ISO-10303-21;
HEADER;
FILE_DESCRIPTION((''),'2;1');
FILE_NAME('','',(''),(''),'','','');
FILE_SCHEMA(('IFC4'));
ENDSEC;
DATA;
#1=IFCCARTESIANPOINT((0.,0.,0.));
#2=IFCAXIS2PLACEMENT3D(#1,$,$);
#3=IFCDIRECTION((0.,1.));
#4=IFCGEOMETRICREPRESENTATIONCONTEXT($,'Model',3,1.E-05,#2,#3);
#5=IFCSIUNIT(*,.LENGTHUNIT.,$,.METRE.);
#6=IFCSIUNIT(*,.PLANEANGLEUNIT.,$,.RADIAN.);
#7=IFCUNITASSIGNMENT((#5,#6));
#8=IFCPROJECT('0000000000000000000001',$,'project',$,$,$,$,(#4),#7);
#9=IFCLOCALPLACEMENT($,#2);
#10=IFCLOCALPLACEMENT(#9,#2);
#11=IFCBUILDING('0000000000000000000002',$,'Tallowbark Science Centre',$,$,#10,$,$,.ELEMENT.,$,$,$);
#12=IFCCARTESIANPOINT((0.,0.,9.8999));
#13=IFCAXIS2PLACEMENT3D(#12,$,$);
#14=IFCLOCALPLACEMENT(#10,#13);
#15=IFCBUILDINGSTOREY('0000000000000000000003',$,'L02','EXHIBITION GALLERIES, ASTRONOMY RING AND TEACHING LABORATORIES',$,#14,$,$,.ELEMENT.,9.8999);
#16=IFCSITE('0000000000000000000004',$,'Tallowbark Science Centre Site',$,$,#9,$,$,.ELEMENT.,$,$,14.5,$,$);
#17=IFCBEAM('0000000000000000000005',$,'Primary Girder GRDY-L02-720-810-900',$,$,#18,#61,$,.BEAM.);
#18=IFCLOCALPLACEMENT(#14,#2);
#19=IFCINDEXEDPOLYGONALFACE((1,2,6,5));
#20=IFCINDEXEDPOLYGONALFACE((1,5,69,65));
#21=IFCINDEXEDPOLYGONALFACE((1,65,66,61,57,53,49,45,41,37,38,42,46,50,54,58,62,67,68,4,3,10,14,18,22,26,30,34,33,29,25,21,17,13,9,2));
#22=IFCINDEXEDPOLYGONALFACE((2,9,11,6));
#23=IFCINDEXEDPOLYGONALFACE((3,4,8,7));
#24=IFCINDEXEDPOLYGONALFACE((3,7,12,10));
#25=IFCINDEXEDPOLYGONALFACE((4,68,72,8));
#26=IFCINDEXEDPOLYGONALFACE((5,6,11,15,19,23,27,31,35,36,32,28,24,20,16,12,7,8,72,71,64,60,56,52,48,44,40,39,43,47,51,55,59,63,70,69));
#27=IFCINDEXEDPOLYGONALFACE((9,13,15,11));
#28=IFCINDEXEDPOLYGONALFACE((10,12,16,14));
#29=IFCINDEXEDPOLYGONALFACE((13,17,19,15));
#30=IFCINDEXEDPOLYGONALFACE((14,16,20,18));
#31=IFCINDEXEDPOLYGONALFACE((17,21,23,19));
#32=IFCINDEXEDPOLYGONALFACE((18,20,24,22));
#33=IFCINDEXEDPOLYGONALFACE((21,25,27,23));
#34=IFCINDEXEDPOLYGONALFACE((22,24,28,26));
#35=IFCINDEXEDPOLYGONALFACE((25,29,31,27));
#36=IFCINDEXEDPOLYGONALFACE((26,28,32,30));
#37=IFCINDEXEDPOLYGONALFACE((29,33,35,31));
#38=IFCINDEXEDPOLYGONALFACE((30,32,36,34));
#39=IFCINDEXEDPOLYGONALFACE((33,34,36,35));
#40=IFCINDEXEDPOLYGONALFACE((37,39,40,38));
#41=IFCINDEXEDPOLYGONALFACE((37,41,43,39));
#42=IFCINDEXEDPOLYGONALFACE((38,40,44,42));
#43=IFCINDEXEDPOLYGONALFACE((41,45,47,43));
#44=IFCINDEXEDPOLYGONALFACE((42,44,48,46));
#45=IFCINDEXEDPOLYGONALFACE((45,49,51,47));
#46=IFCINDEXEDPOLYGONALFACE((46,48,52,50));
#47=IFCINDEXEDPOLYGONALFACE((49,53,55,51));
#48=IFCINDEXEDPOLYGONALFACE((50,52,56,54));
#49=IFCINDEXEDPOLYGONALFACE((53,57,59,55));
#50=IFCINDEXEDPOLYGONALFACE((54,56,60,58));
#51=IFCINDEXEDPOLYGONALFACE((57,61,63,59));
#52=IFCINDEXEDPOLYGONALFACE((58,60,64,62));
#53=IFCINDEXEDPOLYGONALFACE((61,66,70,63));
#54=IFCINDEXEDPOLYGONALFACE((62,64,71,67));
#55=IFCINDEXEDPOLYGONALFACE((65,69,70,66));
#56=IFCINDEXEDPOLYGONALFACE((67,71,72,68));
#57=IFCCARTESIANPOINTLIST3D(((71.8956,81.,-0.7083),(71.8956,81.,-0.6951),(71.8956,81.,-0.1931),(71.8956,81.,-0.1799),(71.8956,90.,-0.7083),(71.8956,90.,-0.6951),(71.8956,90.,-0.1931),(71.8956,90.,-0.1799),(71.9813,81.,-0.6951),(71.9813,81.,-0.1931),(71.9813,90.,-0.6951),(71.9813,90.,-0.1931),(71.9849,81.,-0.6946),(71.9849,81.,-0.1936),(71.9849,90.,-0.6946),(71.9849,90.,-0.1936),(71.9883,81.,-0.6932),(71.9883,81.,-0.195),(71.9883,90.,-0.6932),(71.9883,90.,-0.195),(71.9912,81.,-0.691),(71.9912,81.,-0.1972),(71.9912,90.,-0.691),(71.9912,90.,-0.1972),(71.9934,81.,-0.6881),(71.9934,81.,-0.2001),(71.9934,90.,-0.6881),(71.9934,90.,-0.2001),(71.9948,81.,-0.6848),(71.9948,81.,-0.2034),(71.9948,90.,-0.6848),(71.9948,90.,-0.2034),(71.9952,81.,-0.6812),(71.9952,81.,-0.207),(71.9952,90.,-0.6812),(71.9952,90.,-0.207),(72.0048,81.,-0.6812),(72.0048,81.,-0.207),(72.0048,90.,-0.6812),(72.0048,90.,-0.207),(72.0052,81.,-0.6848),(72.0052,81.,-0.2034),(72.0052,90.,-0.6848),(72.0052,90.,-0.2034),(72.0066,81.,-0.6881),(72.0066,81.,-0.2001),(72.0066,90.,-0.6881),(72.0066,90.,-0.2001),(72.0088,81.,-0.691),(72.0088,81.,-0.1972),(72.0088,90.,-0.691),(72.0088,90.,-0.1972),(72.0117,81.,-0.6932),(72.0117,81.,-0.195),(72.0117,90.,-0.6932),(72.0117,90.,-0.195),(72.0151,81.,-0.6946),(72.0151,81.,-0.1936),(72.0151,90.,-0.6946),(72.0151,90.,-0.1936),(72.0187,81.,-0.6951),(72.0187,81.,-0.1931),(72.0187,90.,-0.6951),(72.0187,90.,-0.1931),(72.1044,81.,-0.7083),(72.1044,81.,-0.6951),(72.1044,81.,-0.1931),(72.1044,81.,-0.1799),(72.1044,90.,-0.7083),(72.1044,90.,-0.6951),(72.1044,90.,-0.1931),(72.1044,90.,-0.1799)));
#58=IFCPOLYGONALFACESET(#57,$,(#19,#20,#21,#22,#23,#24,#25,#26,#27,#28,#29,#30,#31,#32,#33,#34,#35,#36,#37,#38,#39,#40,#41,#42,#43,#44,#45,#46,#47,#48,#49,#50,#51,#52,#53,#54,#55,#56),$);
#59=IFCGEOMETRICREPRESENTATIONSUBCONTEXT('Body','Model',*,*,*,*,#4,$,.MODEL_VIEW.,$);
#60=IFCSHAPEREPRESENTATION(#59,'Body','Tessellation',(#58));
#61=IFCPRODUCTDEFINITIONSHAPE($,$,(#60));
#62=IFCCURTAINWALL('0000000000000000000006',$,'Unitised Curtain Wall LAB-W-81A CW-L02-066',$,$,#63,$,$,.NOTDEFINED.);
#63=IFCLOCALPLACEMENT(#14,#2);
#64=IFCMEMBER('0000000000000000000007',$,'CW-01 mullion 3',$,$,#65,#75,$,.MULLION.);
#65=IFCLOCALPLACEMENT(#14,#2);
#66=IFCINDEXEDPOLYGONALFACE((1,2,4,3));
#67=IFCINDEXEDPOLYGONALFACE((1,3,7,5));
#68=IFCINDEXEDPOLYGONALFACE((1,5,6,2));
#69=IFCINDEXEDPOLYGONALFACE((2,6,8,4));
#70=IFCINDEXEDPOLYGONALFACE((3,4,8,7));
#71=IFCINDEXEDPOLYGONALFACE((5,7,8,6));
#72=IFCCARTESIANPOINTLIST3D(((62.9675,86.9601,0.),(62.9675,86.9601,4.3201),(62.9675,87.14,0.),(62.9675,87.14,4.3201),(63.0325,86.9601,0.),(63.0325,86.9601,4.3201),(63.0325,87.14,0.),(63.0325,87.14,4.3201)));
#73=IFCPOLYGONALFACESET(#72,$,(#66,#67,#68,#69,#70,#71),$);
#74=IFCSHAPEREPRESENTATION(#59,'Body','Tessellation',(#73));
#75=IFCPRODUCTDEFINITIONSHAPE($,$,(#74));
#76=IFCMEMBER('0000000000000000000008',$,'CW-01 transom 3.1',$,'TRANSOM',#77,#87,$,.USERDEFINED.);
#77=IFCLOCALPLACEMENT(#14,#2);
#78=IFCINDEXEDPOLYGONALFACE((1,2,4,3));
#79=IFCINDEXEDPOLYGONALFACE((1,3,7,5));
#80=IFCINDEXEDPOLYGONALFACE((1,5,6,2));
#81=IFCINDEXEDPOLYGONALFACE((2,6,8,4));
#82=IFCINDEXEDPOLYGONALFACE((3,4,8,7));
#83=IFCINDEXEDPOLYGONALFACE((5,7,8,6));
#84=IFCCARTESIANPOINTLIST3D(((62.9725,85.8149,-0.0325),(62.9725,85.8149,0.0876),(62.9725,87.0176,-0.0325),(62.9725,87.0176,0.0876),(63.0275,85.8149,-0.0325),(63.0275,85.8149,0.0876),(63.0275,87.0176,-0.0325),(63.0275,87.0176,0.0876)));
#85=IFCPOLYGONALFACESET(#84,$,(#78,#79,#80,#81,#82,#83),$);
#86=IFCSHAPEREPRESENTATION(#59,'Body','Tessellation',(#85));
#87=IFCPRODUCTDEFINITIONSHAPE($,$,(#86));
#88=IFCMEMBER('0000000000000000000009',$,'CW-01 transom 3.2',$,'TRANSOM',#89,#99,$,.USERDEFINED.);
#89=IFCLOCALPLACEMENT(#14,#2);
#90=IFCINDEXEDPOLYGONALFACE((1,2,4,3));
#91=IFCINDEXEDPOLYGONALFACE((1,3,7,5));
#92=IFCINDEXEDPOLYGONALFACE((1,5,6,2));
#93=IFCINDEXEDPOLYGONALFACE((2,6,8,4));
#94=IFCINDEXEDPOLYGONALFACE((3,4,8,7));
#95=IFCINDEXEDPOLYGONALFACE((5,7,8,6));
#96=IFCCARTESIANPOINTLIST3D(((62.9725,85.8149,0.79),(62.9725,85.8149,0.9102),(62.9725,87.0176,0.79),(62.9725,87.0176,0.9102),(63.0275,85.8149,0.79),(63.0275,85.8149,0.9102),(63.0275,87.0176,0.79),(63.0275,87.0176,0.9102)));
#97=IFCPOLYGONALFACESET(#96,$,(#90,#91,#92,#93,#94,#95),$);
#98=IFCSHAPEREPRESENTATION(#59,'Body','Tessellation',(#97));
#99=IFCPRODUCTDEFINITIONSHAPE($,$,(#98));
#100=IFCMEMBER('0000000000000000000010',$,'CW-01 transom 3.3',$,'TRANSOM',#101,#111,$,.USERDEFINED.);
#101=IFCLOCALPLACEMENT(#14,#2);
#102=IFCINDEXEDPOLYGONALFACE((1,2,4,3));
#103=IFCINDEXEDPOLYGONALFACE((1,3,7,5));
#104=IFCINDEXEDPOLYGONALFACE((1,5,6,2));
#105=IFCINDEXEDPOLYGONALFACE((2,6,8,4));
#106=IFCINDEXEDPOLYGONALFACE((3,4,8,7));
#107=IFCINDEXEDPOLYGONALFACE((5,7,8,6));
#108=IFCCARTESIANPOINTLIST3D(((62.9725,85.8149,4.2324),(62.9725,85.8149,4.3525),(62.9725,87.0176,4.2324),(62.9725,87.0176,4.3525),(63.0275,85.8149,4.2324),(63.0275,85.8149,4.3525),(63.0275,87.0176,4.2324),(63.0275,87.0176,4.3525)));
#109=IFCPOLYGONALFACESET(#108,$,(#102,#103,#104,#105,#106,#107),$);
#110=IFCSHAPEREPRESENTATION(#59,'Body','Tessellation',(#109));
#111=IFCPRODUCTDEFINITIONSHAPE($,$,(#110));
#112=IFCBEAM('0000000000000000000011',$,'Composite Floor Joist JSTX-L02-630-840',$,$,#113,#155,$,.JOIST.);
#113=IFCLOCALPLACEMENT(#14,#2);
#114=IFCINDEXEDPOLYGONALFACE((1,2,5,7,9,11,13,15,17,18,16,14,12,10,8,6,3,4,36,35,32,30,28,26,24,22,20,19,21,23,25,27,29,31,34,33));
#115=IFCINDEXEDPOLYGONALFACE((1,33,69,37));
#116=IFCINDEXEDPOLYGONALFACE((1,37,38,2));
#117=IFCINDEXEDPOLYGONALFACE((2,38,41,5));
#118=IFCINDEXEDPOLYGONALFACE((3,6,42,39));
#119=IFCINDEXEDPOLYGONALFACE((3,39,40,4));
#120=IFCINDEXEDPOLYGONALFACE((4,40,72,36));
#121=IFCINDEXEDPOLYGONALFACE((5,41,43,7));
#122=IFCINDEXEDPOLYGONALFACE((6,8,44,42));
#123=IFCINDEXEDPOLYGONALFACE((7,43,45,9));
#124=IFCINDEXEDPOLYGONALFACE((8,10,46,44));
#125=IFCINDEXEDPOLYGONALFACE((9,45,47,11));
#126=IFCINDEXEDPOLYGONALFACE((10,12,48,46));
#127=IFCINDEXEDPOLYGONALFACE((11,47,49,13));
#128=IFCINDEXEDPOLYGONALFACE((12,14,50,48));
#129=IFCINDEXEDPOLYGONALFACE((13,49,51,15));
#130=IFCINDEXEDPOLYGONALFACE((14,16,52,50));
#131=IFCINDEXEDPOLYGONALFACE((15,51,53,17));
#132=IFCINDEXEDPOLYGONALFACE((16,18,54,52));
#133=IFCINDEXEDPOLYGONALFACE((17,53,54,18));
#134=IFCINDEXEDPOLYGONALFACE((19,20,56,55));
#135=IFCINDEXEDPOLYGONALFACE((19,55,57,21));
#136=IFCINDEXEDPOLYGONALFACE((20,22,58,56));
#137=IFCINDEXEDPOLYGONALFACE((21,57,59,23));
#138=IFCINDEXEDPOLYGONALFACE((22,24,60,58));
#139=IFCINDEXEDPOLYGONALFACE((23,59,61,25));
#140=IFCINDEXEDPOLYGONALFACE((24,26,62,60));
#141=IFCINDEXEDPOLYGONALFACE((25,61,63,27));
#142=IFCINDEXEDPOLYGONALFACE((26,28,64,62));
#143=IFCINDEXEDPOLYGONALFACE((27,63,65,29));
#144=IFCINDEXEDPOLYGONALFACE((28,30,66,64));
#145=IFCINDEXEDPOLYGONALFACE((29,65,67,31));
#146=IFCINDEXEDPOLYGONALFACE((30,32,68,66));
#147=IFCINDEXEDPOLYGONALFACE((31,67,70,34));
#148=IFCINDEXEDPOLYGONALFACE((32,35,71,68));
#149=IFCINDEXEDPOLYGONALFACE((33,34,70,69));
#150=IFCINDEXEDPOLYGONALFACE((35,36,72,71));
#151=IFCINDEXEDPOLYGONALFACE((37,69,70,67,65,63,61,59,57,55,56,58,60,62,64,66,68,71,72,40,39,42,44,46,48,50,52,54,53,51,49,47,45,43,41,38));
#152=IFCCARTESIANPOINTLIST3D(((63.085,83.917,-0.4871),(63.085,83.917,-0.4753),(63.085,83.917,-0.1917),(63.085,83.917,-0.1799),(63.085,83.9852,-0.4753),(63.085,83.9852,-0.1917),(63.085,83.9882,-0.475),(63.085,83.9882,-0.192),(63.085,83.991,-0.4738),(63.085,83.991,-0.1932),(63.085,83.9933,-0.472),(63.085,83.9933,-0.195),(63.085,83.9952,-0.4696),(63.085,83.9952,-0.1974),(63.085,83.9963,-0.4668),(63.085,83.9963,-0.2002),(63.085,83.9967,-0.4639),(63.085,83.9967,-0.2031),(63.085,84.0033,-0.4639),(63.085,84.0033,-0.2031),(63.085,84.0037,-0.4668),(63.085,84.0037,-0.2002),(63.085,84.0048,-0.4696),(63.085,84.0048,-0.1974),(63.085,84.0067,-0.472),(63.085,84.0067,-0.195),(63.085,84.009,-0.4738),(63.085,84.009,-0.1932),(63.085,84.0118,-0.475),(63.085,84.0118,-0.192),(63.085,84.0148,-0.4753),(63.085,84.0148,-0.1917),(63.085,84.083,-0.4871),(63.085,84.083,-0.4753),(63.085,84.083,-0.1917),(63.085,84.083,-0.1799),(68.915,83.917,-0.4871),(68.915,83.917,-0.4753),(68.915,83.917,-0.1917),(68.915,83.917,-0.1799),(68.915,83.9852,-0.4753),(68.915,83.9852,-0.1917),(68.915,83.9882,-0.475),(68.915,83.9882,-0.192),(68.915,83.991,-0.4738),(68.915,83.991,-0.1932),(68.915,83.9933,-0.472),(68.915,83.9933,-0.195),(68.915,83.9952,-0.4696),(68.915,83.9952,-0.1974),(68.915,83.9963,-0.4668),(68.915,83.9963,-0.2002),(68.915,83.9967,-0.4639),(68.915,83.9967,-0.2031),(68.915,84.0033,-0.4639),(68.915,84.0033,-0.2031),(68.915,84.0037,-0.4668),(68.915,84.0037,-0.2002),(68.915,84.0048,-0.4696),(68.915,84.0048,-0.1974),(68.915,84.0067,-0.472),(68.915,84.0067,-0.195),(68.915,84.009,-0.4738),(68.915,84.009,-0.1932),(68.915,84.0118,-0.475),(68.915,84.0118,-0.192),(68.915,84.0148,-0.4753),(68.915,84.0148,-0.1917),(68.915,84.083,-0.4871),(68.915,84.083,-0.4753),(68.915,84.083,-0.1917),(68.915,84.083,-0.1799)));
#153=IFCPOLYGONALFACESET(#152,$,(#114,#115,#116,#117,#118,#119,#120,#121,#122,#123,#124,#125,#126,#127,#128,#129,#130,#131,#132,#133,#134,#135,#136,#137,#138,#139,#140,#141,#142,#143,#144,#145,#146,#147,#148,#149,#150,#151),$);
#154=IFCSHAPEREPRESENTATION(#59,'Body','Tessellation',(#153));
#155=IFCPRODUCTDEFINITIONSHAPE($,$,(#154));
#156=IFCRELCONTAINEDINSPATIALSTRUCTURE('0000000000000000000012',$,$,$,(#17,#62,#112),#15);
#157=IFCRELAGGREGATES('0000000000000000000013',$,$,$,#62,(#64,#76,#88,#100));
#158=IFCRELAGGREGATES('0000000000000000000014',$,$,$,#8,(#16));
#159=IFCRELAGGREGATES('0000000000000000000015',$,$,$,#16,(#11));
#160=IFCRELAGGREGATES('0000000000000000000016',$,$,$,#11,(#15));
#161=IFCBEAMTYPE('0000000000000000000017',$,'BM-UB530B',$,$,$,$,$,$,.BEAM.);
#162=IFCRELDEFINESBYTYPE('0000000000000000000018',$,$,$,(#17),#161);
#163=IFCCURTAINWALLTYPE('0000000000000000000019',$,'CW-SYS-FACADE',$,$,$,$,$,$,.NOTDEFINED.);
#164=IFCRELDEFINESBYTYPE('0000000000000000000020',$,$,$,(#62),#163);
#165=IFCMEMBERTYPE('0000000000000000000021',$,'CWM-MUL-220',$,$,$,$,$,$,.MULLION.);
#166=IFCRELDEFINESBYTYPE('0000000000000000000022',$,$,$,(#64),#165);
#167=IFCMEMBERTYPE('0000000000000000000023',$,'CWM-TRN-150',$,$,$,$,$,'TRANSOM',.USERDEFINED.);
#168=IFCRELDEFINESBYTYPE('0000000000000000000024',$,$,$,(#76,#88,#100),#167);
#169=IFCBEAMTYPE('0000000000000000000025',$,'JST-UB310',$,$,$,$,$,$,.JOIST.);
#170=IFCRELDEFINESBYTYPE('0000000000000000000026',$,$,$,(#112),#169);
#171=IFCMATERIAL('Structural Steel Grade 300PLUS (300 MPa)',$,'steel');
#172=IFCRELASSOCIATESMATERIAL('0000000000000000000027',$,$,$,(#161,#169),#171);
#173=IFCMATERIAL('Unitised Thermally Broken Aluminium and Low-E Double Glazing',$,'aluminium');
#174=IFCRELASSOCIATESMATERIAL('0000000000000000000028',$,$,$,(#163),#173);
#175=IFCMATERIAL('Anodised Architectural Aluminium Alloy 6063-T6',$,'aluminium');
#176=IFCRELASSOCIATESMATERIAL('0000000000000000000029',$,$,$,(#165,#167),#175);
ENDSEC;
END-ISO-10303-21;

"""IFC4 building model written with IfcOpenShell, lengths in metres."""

from ifc_helpers import new_model, si_unit, direction, frame, origin, origin_2d, place, context, subcontext, project, spatial, rectangle, i_section, extrude, material, material_profile, profile_set, type_object, element, aggregate, save


model = new_model("IFC4")

# Units and contexts
model_context = context("Model", 3, precision=1e-05, world=origin(), true_north=direction((0.0, 1.0)))
body_context = subcontext(model_context, "Body", "Model", "MODEL_VIEW")
ifc_project = project(units=[si_unit("LENGTHUNIT", "METRE"), si_unit("PLANEANGLEUNIT", "RADIAN")], contexts=[model_context])

# Site, building, storey
site_placement = place(None, origin())
site = spatial("IfcSite", under=ifc_project, at=site_placement, Name="Tallowbark Science Centre Site", CompositionType="ELEMENT", RefElevation=14.5)
building_placement = place(site_placement, origin())
building = spatial("IfcBuilding", under=site, at=building_placement, Name="Tallowbark Science Centre", CompositionType="ELEMENT")
storey_placement = place(building_placement, frame((0.0, 0.0, 9.8999)))
storey = spatial("IfcBuildingStorey", under=building, at=storey_placement, Name="L02", Description="EXHIBITION GALLERIES, ASTRONOMY RING AND TEACHING LABORATORIES", CompositionType="ELEMENT", Elevation=9.8999)

# Shared definitions
ifc_material_1 = material(Name="Structural Steel Grade 300PLUS (300 MPa)", Category="steel")

# Beam
ifc_material_profile_1 = material_profile(ifc_material_1, i_section(OverallWidth=0.2087, OverallDepth=0.5283, WebThickness=0.0095, FlangeThickness=0.0132, FilletRadius=0.0139, at=origin_2d()), Name="530UB82.0")
ifc_profile_set_1 = profile_set([ifc_material_profile_1], Name="Structural Steel Grade 300PLUS (300 MPa)")
beam_type_1 = type_object("IfcBeamType", Name="BM-UB530B", PredefinedType="BEAM", material=ifc_profile_set_1)
for number, where, z_axis, x_axis, name in (
    (1, (72.0, 81.0, -0.4441), (0.0, 1.0, 0.0), (-1.0, 0.0, 0.0), "Primary Girder GRDY-L02-720-810-900"),
):
    element("IfcBeam", number, at=place(storey_placement, frame(where, z_axis=z_axis, x_axis=x_axis)), inside=storey, type_object=beam_type_1, Name=name, PredefinedType="BEAM", context=body_context, shape_type="SweptSolid", body=[
        extrude(i_section(OverallWidth=0.2087, OverallDepth=0.5283, WebThickness=0.0095, FlangeThickness=0.0132, FilletRadius=0.0139, at=origin_2d()), origin(), (0.0, 0.0, 1.0), 9.0),
    ])

# Curtain wall, members
ifc_material_2 = material(Name="Unitised Thermally Broken Aluminium and Low-E Double Glazing", Category="aluminium")
curtain_wall_type = type_object("IfcCurtainWallType", Name="CW-SYS-FACADE", PredefinedType="NOTDEFINED", material=ifc_material_2)
curtain_wall_placement = place(storey_placement, origin())
curtain_wall = element("IfcCurtainWall", 2, at=curtain_wall_placement, inside=storey, type_object=curtain_wall_type, Name="Unitised Curtain Wall LAB-W-81A CW-L02-066", PredefinedType="NOTDEFINED")
ifc_material_3 = material(Name="Anodised Architectural Aluminium Alloy 6063-T6", Category="aluminium")
ifc_material_profile_2 = material_profile(ifc_material_3, rectangle(XDim=0.0649, YDim=0.1799, at=origin_2d()), Name="ALU65x180")
ifc_profile_set_2 = profile_set([ifc_material_profile_2], Name="Anodised Architectural Aluminium Alloy 6063-T6")
member_type_1 = type_object("IfcMemberType", Name="CWM-MUL-220", PredefinedType="MULLION", material=ifc_profile_set_2)
member_1_placement = place(storey_placement, frame((63.0, 87.05, 0.0), z_axis=(0.0, 0.0, 1.0), x_axis=(1.0, 0.0, 0.0)))
member_1 = element("IfcMember", 3, at=member_1_placement, type_object=member_type_1, Name="CW-01 mullion 3", PredefinedType="MULLION", context=body_context, shape_type="SweptSolid", body=[
    extrude(rectangle(XDim=0.0649, YDim=0.1799, at=origin_2d()), origin(), (0.0, 0.0, 1.0), 4.3201),
])
ifc_material_profile_3 = material_profile(ifc_material_3, rectangle(XDim=0.0549, YDim=0.1201, at=origin_2d()), Name="ALU55x120")
ifc_profile_set_3 = profile_set([ifc_material_profile_3], Name="Anodised Architectural Aluminium Alloy 6063-T6")
member_type_2 = type_object("IfcMemberType", Name="CWM-TRN-150", ElementType="TRANSOM", PredefinedType="USERDEFINED", material=ifc_profile_set_3)
member_2_placement = place(storey_placement, frame((63.0, 87.0176, 0.0276), z_axis=(0.0, -1.0, 0.0), x_axis=(1.0, 0.0, 0.0)))
member_2 = element("IfcMember", 4, at=member_2_placement, type_object=member_type_2, Name="CW-01 transom 3.1", ObjectType="TRANSOM", PredefinedType="USERDEFINED", context=body_context, shape_type="SweptSolid", body=[
    extrude(rectangle(XDim=0.0549, YDim=0.1201, at=origin_2d()), origin(), (0.0, 0.0, 1.0), 1.2026),
])
member_3_placement = place(storey_placement, frame((63.0, 87.0176, 0.8501), z_axis=(0.0, -1.0, 0.0), x_axis=(1.0, 0.0, 0.0)))
member_3 = element("IfcMember", 5, at=member_3_placement, type_object=member_type_2, Name="CW-01 transom 3.2", ObjectType="TRANSOM", PredefinedType="USERDEFINED", context=body_context, shape_type="SweptSolid", body=[
    extrude(rectangle(XDim=0.0549, YDim=0.1201, at=origin_2d()), origin(), (0.0, 0.0, 1.0), 1.2026),
])
member_4_placement = place(storey_placement, frame((63.0, 87.0176, 4.2925), z_axis=(0.0, -1.0, 0.0), x_axis=(1.0, 0.0, 0.0)))
member_4 = element("IfcMember", 6, at=member_4_placement, type_object=member_type_2, Name="CW-01 transom 3.3", ObjectType="TRANSOM", PredefinedType="USERDEFINED", context=body_context, shape_type="SweptSolid", body=[
    extrude(rectangle(XDim=0.0549, YDim=0.1201, at=origin_2d()), origin(), (0.0, 0.0, 1.0), 1.2026),
])

# Beam
ifc_material_profile_4 = material_profile(ifc_material_1, i_section(OverallWidth=0.166, OverallDepth=0.3071, WebThickness=0.0066, FlangeThickness=0.0117, FilletRadius=0.0115, at=origin_2d()), Name="310UB46.2")
ifc_profile_set_4 = profile_set([ifc_material_profile_4], Name="Structural Steel Grade 300PLUS (300 MPa)")
beam_type_2 = type_object("IfcBeamType", Name="JST-UB310", PredefinedType="JOIST", material=ifc_profile_set_4)
for number, where, z_axis, x_axis, name in (
    (7, (63.085, 84.0, -0.3335), (1.0, 0.0, 0.0), (0.0, 1.0, 0.0), "Composite Floor Joist JSTX-L02-630-840"),
):
    element("IfcBeam", number, at=place(storey_placement, frame(where, z_axis=z_axis, x_axis=x_axis)), inside=storey, type_object=beam_type_2, Name=name, PredefinedType="JOIST", context=body_context, shape_type="SweptSolid", body=[
        extrude(i_section(OverallWidth=0.166, OverallDepth=0.3071, WebThickness=0.0066, FlangeThickness=0.0117, FilletRadius=0.0115, at=origin_2d()), origin(), (0.0, 0.0, 1.0), 5.8301),
    ])

aggregate(curtain_wall, [member_1, member_2, member_3, member_4])

save(model, "model.ifc")
